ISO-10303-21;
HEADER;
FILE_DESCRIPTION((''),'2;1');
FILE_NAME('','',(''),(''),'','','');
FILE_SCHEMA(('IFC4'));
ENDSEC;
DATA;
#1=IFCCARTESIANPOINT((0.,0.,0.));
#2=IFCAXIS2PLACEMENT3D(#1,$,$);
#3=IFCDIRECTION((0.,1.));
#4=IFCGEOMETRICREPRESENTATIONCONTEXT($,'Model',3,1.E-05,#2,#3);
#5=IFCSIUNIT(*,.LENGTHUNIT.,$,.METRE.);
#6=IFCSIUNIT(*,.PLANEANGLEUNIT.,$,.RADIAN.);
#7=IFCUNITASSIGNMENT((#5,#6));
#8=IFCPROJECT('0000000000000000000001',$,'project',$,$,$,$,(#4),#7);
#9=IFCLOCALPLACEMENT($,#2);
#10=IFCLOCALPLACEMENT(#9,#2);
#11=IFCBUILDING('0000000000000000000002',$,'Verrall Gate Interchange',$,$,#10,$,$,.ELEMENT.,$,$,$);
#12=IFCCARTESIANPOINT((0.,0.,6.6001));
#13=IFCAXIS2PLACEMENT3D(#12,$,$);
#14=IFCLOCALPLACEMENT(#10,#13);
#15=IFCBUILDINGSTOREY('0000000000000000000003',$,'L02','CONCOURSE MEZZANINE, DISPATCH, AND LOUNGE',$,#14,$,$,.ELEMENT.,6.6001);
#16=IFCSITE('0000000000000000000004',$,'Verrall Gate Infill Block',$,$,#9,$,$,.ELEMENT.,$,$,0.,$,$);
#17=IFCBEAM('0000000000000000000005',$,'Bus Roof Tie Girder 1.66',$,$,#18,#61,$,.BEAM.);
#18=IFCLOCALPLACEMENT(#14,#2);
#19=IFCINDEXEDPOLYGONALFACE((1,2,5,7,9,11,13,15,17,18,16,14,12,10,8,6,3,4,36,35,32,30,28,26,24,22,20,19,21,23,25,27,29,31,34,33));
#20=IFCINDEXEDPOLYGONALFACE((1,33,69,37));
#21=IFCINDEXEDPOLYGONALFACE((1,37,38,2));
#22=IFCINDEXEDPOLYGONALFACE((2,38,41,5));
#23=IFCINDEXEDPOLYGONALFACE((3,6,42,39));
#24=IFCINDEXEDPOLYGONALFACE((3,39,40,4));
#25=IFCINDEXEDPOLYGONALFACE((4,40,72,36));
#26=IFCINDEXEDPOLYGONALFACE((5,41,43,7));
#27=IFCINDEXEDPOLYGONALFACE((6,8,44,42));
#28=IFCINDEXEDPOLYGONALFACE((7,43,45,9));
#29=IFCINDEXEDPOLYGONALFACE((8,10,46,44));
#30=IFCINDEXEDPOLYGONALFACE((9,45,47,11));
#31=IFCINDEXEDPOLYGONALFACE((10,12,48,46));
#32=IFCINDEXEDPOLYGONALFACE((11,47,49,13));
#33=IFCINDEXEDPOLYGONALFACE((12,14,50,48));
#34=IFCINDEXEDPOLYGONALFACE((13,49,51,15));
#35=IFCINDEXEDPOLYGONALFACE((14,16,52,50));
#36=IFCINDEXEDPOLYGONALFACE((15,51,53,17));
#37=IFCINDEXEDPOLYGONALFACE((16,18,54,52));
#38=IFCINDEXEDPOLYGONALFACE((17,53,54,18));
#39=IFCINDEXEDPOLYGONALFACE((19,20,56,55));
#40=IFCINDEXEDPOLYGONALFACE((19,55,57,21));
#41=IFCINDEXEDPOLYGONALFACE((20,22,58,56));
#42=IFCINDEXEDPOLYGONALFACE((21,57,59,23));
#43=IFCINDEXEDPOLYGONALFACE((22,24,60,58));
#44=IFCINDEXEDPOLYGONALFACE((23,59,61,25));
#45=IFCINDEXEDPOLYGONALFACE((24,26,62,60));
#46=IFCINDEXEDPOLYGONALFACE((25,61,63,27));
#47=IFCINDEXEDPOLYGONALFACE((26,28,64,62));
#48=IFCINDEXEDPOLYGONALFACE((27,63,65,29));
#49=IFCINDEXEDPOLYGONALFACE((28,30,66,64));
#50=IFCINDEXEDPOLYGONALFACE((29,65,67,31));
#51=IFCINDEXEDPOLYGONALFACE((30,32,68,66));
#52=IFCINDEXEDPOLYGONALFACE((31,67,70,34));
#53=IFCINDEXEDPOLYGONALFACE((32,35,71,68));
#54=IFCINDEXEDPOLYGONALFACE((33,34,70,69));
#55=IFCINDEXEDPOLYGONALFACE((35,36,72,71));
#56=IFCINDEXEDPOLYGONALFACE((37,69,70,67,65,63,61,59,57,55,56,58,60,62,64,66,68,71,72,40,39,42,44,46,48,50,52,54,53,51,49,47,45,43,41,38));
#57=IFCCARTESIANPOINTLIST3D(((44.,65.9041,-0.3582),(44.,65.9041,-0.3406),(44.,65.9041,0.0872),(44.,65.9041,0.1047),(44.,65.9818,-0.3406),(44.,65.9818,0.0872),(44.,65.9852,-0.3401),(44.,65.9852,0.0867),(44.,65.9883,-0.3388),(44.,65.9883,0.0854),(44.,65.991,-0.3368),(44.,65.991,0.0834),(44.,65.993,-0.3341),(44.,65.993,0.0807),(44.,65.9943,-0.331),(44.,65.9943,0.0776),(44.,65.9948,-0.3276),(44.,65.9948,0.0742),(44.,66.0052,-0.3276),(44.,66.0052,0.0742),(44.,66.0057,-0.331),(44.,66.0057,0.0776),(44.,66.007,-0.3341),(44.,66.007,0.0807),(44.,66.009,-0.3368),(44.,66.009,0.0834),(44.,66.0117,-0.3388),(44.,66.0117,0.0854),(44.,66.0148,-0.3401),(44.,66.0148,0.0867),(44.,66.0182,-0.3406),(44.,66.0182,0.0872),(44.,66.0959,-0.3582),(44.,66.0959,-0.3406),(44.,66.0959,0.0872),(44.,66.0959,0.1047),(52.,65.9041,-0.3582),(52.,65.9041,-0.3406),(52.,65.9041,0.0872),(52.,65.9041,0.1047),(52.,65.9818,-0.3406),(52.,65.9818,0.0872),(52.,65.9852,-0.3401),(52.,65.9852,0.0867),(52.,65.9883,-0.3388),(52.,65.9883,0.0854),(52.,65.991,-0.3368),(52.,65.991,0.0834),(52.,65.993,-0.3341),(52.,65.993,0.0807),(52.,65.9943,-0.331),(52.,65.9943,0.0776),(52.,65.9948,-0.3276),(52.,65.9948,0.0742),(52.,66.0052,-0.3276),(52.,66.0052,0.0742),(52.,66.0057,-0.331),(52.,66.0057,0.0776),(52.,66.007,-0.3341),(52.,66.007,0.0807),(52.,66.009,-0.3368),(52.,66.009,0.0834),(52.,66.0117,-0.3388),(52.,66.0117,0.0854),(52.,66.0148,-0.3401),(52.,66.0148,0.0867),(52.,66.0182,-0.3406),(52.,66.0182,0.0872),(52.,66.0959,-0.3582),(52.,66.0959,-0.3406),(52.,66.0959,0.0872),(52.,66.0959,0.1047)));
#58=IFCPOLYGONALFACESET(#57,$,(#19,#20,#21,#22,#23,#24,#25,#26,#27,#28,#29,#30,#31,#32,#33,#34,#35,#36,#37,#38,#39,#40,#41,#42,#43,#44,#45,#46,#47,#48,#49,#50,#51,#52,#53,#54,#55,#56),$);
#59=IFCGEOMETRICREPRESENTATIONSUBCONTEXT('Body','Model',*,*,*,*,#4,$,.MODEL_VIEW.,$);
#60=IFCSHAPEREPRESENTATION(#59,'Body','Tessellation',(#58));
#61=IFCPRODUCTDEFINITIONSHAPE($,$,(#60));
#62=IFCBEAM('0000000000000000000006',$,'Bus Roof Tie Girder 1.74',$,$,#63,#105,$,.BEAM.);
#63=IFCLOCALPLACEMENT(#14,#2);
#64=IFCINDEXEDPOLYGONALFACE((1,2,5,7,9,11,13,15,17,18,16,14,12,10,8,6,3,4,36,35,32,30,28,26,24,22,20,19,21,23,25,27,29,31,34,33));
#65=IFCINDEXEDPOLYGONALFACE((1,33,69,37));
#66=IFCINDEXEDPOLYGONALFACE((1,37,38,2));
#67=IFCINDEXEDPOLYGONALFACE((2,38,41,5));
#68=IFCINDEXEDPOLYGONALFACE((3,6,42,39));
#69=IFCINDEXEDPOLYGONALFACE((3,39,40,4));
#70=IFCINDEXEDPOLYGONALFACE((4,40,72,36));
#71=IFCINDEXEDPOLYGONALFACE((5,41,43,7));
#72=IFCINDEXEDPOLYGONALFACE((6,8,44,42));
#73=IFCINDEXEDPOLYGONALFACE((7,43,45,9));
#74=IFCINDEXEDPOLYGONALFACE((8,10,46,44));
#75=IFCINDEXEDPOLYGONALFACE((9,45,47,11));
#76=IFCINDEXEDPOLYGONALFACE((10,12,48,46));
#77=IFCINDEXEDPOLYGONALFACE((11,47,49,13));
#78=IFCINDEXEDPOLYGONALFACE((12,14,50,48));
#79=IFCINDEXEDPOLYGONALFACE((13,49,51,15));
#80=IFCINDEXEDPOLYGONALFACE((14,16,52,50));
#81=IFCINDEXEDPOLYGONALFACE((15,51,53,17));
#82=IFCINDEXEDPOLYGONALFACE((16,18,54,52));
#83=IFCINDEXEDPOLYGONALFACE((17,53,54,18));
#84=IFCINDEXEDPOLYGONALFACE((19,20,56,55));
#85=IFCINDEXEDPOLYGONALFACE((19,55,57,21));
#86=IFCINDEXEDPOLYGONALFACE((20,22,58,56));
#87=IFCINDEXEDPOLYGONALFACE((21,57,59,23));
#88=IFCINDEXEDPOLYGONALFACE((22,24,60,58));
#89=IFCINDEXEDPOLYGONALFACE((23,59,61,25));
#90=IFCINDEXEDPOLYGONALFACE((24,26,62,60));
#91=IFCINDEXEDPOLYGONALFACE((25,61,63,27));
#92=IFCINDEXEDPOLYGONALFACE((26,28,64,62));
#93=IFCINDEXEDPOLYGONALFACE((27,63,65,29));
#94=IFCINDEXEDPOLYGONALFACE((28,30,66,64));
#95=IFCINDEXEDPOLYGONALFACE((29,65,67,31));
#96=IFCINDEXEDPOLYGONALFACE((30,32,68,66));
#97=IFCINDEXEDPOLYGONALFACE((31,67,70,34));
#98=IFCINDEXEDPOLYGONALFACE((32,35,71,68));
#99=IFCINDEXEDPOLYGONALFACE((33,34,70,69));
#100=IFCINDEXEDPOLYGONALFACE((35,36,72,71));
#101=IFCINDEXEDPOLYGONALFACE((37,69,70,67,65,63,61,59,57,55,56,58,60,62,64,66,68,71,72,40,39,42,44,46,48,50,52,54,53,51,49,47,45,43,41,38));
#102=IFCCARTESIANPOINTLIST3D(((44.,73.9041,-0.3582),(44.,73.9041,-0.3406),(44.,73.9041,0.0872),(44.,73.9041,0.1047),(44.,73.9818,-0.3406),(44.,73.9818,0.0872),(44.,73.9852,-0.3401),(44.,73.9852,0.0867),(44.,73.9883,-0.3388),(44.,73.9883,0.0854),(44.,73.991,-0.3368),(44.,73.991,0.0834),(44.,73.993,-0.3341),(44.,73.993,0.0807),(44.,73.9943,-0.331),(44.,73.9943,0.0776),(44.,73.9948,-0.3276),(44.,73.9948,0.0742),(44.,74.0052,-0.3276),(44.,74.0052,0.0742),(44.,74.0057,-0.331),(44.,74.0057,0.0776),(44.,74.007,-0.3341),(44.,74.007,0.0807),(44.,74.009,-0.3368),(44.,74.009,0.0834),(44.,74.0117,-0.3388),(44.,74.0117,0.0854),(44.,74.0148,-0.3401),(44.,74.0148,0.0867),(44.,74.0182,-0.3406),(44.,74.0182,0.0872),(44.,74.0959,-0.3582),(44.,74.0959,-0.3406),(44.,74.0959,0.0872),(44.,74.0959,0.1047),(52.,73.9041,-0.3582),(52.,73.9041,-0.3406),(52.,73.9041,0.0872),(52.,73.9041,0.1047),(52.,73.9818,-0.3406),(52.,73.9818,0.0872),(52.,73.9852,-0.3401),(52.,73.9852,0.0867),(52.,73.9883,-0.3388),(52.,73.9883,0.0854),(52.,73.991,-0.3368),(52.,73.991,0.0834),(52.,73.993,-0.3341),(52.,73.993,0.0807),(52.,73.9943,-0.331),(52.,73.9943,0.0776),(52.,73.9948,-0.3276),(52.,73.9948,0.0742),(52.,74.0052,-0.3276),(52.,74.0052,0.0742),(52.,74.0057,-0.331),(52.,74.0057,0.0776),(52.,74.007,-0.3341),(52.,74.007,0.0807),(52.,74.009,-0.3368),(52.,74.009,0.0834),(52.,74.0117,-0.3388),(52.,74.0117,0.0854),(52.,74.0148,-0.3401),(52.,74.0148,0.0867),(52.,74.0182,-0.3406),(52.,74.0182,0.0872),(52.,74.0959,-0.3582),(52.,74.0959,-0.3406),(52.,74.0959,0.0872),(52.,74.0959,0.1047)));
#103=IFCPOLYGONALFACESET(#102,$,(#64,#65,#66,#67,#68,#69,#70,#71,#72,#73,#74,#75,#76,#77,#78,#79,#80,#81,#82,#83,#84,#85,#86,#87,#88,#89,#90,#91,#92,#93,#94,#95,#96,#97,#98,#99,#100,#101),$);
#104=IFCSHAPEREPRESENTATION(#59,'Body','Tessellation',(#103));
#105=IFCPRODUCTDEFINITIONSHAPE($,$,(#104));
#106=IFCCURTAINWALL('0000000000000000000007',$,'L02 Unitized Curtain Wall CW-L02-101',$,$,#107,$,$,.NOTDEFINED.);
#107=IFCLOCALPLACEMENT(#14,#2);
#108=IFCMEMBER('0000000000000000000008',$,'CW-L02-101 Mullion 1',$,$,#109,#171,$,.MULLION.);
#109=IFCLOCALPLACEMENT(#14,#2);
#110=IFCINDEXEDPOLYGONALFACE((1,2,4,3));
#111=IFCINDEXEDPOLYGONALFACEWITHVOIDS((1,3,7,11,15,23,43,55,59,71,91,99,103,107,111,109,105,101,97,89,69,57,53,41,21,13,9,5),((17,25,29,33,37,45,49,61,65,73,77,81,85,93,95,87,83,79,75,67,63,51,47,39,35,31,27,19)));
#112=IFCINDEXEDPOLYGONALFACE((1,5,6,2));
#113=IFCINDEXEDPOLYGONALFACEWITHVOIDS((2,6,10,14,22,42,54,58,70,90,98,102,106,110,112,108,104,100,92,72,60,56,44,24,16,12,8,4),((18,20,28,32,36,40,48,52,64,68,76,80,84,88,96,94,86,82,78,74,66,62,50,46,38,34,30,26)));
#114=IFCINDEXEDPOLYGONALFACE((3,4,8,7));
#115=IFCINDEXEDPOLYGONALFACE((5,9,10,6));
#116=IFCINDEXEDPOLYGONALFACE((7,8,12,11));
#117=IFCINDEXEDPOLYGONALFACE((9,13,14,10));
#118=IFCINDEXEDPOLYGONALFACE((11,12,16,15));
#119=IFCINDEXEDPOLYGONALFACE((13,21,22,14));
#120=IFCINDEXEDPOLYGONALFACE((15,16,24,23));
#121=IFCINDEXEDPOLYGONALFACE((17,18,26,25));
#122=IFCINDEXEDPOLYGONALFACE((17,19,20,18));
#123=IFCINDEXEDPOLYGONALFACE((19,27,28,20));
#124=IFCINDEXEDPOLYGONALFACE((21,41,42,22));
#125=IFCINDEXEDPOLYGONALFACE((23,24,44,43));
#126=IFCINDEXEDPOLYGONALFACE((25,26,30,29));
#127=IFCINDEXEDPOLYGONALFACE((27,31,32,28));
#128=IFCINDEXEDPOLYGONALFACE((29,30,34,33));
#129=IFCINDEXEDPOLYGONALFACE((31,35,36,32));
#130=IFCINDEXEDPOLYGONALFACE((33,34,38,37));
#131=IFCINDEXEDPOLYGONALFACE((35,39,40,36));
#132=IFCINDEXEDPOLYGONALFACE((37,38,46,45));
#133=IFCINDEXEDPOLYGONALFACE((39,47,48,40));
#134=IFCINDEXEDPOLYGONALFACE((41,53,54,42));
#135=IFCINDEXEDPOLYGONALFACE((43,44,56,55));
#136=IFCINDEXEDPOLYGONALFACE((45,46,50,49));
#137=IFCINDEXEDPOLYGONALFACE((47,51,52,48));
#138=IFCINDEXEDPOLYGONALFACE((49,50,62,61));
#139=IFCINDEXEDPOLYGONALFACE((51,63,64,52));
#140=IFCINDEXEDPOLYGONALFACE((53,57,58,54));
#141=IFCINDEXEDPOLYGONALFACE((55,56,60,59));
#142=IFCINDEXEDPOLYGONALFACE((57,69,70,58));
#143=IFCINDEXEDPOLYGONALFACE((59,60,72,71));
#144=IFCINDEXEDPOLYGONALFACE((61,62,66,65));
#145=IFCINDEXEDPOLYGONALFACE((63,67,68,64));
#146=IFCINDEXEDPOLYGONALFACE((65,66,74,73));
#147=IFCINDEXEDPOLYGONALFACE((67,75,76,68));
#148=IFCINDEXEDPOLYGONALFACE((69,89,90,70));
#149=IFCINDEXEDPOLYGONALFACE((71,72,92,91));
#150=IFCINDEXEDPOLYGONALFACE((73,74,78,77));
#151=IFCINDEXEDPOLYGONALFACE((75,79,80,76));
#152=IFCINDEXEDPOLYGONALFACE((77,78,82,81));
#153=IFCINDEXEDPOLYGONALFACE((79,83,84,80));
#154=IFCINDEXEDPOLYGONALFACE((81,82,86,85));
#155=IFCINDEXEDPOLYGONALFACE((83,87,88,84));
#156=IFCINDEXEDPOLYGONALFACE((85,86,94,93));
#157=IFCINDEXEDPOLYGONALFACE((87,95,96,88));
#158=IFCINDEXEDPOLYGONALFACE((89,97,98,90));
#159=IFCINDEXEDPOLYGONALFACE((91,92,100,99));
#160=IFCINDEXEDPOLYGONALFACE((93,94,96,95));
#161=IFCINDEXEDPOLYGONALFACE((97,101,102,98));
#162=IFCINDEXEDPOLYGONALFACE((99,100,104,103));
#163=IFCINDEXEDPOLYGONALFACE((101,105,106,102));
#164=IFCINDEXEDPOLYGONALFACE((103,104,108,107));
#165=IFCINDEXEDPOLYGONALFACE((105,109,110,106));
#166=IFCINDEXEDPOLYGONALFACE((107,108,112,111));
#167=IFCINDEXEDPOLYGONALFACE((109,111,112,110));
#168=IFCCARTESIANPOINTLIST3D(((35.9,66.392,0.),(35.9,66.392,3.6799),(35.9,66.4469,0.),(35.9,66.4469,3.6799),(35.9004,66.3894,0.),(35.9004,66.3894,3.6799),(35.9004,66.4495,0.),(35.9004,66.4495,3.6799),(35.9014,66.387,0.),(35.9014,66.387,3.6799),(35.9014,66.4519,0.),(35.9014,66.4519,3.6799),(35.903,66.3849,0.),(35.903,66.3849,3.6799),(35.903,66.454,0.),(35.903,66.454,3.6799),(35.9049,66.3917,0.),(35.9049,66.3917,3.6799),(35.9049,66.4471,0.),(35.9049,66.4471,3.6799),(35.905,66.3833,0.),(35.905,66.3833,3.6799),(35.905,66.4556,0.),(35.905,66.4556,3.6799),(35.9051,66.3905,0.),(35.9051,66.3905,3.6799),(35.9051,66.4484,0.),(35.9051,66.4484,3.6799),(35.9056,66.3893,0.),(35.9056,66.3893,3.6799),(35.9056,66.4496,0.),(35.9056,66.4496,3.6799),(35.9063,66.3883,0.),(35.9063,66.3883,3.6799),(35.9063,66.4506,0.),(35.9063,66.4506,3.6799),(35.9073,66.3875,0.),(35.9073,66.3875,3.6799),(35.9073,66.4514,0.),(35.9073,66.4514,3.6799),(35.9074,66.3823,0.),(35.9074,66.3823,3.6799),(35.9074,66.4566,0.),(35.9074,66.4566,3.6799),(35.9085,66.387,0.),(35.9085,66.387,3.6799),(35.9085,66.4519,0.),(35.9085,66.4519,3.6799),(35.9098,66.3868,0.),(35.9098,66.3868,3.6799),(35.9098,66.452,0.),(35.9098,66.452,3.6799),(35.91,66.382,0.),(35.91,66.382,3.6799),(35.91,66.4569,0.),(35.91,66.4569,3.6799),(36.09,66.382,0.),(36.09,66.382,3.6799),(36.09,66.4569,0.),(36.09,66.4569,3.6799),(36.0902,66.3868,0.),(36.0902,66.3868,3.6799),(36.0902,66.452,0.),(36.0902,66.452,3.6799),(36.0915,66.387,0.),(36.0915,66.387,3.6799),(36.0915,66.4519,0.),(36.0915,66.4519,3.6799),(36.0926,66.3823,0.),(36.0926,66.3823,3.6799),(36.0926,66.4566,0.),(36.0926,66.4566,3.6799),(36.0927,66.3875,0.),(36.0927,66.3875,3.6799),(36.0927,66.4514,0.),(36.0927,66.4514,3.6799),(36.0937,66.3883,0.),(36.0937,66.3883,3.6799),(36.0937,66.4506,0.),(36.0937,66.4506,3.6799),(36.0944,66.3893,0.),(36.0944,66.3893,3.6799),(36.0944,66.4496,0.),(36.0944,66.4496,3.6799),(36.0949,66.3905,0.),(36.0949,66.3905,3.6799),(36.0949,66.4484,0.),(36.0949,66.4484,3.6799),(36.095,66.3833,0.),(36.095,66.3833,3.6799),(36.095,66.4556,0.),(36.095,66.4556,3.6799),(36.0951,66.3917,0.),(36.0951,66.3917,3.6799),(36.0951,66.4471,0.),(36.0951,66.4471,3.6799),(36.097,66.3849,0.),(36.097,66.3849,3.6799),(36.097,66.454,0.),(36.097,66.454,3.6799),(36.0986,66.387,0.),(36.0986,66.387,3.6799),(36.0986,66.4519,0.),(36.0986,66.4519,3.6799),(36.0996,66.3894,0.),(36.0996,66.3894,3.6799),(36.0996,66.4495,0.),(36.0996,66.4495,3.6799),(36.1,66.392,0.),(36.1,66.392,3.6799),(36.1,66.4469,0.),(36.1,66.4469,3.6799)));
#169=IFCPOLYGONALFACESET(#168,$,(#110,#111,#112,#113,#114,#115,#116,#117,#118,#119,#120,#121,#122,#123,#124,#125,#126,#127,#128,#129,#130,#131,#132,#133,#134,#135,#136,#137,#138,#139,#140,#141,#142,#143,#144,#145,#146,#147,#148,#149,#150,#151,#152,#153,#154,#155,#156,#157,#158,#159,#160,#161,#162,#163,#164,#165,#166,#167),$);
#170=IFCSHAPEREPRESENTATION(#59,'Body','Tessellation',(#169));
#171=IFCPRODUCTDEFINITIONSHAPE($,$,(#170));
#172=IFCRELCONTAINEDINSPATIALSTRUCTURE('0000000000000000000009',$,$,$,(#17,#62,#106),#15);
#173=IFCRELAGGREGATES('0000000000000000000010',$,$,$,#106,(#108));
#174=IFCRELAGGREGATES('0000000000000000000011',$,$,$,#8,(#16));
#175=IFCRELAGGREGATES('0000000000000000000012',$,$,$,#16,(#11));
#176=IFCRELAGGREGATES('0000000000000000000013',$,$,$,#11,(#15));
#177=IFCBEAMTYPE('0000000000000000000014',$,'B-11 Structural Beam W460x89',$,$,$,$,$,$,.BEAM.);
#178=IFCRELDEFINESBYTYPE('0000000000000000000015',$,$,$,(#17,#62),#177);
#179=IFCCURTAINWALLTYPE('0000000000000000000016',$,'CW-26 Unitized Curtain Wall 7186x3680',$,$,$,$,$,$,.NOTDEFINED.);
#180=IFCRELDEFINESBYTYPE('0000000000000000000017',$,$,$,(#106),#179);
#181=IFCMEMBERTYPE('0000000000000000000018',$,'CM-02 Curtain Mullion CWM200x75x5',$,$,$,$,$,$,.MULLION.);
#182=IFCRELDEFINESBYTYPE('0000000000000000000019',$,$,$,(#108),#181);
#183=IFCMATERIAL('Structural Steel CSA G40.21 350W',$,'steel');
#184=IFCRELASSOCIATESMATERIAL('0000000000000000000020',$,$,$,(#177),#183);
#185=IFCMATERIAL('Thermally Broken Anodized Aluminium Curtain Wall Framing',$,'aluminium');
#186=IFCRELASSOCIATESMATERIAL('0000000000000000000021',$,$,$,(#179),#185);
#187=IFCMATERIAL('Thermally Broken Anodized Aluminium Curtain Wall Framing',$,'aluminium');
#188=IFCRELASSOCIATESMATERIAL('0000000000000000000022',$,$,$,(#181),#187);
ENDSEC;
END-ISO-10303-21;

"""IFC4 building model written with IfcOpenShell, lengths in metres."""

from ifc_helpers import new_model, si_unit, direction, frame, origin, origin_2d, place, context, subcontext, project, spatial, hollow_rectangle, i_section, extrude, material, material_profile, profile_set, type_object, element, aggregate, save


model = new_model("IFC4")

# Units and contexts
model_context = context("Model", 3, precision=1e-05, world=origin(), true_north=direction((0.0, 1.0)))
body_context = subcontext(model_context, "Body", "Model", "MODEL_VIEW")
ifc_project = project(units=[si_unit("LENGTHUNIT", "METRE"), si_unit("PLANEANGLEUNIT", "RADIAN")], contexts=[model_context])

# Site, building, storey
site_placement = place(None, origin())
site = spatial("IfcSite", under=ifc_project, at=site_placement, Name="Verrall Gate Infill Block", CompositionType="ELEMENT", RefElevation=0.0)
building_placement = place(site_placement, origin())
building = spatial("IfcBuilding", under=site, at=building_placement, Name="Verrall Gate Interchange", CompositionType="ELEMENT")
storey_placement = place(building_placement, frame((0.0, 0.0, 6.6001)))
storey = spatial("IfcBuildingStorey", under=building, at=storey_placement, Name="L02", Description="CONCOURSE MEZZANINE, DISPATCH, AND LOUNGE", CompositionType="ELEMENT", Elevation=6.6001)

# Beams
ifc_material_1 = material(Name="Structural Steel CSA G40.21 350W", Category="steel")
ifc_material_profile_1 = material_profile(ifc_material_1, i_section(OverallWidth=0.1919, OverallDepth=0.4629, WebThickness=0.0105, FlangeThickness=0.0176, FilletRadius=0.0129, at=origin_2d()), Name="W460x89")
ifc_profile_set_1 = profile_set([ifc_material_profile_1], Name="Structural Steel CSA G40.21 350W")
beam_type_1 = type_object("IfcBeamType", Name="B-11 Structural Beam W460x89", PredefinedType="BEAM", material=ifc_profile_set_1)
for number, where, z_axis, x_axis, name in (
    (1, (44.0, 66.0, -0.1267), (1.0, 0.0, 0.0), (0.0, 1.0, 0.0), "Bus Roof Tie Girder 1.66"),
    (2, (44.0, 74.0, -0.1267), (1.0, 0.0, 0.0), (0.0, 1.0, 0.0), "Bus Roof Tie Girder 1.74"),
):
    element("IfcBeam", number, at=place(storey_placement, frame(where, z_axis=z_axis, x_axis=x_axis)), inside=storey, type_object=beam_type_1, Name=name, PredefinedType="BEAM", context=body_context, shape_type="SweptSolid", body=[
        extrude(i_section(OverallWidth=0.1919, OverallDepth=0.4629, WebThickness=0.0105, FlangeThickness=0.0176, FilletRadius=0.0129, at=origin_2d()), origin(), (0.0, 0.0, 1.0), 8.0),
    ])

# Curtain wall, member
ifc_material_2 = material(Name="Thermally Broken Anodized Aluminium Curtain Wall Framing", Category="aluminium")
curtain_wall_type = type_object("IfcCurtainWallType", Name="CW-26 Unitized Curtain Wall 7186x3680", PredefinedType="NOTDEFINED", material=ifc_material_2)
curtain_wall_placement = place(storey_placement, origin())
curtain_wall = element("IfcCurtainWall", 3, at=curtain_wall_placement, inside=storey, type_object=curtain_wall_type, Name="L02 Unitized Curtain Wall CW-L02-101", PredefinedType="NOTDEFINED")
ifc_material_3 = material(Name="Thermally Broken Anodized Aluminium Curtain Wall Framing", Category="aluminium")
ifc_material_profile_2 = material_profile(ifc_material_3, hollow_rectangle(XDim=0.075, YDim=0.2, WallThickness=0.0049, InnerFilletRadius=0.0049, OuterFilletRadius=0.01, at=origin_2d()), Name="CWM200x75x5")
ifc_profile_set_2 = profile_set([ifc_material_profile_2], Name="Thermally Broken Anodized Aluminium Curtain Wall Framing")
member_type_1 = type_object("IfcMemberType", Name="CM-02 Curtain Mullion CWM200x75x5", PredefinedType="MULLION", material=ifc_profile_set_2)
member_1_placement = place(storey_placement, frame((36.0, 66.4194, 0.0), z_axis=(0.0, 0.0, 1.0), x_axis=(0.0, 1.0, 0.0)))
member_1 = element("IfcMember", 4, at=member_1_placement, type_object=member_type_1, Name="CW-L02-101 Mullion 1", PredefinedType="MULLION", context=body_context, shape_type="SweptSolid", body=[
    extrude(hollow_rectangle(XDim=0.075, YDim=0.2, WallThickness=0.0049, InnerFilletRadius=0.0049, OuterFilletRadius=0.01, at=origin_2d()), origin(), (0.0, 0.0, 1.0), 3.6799),
])

aggregate(curtain_wall, [member_1])

save(model, "model.ifc")
